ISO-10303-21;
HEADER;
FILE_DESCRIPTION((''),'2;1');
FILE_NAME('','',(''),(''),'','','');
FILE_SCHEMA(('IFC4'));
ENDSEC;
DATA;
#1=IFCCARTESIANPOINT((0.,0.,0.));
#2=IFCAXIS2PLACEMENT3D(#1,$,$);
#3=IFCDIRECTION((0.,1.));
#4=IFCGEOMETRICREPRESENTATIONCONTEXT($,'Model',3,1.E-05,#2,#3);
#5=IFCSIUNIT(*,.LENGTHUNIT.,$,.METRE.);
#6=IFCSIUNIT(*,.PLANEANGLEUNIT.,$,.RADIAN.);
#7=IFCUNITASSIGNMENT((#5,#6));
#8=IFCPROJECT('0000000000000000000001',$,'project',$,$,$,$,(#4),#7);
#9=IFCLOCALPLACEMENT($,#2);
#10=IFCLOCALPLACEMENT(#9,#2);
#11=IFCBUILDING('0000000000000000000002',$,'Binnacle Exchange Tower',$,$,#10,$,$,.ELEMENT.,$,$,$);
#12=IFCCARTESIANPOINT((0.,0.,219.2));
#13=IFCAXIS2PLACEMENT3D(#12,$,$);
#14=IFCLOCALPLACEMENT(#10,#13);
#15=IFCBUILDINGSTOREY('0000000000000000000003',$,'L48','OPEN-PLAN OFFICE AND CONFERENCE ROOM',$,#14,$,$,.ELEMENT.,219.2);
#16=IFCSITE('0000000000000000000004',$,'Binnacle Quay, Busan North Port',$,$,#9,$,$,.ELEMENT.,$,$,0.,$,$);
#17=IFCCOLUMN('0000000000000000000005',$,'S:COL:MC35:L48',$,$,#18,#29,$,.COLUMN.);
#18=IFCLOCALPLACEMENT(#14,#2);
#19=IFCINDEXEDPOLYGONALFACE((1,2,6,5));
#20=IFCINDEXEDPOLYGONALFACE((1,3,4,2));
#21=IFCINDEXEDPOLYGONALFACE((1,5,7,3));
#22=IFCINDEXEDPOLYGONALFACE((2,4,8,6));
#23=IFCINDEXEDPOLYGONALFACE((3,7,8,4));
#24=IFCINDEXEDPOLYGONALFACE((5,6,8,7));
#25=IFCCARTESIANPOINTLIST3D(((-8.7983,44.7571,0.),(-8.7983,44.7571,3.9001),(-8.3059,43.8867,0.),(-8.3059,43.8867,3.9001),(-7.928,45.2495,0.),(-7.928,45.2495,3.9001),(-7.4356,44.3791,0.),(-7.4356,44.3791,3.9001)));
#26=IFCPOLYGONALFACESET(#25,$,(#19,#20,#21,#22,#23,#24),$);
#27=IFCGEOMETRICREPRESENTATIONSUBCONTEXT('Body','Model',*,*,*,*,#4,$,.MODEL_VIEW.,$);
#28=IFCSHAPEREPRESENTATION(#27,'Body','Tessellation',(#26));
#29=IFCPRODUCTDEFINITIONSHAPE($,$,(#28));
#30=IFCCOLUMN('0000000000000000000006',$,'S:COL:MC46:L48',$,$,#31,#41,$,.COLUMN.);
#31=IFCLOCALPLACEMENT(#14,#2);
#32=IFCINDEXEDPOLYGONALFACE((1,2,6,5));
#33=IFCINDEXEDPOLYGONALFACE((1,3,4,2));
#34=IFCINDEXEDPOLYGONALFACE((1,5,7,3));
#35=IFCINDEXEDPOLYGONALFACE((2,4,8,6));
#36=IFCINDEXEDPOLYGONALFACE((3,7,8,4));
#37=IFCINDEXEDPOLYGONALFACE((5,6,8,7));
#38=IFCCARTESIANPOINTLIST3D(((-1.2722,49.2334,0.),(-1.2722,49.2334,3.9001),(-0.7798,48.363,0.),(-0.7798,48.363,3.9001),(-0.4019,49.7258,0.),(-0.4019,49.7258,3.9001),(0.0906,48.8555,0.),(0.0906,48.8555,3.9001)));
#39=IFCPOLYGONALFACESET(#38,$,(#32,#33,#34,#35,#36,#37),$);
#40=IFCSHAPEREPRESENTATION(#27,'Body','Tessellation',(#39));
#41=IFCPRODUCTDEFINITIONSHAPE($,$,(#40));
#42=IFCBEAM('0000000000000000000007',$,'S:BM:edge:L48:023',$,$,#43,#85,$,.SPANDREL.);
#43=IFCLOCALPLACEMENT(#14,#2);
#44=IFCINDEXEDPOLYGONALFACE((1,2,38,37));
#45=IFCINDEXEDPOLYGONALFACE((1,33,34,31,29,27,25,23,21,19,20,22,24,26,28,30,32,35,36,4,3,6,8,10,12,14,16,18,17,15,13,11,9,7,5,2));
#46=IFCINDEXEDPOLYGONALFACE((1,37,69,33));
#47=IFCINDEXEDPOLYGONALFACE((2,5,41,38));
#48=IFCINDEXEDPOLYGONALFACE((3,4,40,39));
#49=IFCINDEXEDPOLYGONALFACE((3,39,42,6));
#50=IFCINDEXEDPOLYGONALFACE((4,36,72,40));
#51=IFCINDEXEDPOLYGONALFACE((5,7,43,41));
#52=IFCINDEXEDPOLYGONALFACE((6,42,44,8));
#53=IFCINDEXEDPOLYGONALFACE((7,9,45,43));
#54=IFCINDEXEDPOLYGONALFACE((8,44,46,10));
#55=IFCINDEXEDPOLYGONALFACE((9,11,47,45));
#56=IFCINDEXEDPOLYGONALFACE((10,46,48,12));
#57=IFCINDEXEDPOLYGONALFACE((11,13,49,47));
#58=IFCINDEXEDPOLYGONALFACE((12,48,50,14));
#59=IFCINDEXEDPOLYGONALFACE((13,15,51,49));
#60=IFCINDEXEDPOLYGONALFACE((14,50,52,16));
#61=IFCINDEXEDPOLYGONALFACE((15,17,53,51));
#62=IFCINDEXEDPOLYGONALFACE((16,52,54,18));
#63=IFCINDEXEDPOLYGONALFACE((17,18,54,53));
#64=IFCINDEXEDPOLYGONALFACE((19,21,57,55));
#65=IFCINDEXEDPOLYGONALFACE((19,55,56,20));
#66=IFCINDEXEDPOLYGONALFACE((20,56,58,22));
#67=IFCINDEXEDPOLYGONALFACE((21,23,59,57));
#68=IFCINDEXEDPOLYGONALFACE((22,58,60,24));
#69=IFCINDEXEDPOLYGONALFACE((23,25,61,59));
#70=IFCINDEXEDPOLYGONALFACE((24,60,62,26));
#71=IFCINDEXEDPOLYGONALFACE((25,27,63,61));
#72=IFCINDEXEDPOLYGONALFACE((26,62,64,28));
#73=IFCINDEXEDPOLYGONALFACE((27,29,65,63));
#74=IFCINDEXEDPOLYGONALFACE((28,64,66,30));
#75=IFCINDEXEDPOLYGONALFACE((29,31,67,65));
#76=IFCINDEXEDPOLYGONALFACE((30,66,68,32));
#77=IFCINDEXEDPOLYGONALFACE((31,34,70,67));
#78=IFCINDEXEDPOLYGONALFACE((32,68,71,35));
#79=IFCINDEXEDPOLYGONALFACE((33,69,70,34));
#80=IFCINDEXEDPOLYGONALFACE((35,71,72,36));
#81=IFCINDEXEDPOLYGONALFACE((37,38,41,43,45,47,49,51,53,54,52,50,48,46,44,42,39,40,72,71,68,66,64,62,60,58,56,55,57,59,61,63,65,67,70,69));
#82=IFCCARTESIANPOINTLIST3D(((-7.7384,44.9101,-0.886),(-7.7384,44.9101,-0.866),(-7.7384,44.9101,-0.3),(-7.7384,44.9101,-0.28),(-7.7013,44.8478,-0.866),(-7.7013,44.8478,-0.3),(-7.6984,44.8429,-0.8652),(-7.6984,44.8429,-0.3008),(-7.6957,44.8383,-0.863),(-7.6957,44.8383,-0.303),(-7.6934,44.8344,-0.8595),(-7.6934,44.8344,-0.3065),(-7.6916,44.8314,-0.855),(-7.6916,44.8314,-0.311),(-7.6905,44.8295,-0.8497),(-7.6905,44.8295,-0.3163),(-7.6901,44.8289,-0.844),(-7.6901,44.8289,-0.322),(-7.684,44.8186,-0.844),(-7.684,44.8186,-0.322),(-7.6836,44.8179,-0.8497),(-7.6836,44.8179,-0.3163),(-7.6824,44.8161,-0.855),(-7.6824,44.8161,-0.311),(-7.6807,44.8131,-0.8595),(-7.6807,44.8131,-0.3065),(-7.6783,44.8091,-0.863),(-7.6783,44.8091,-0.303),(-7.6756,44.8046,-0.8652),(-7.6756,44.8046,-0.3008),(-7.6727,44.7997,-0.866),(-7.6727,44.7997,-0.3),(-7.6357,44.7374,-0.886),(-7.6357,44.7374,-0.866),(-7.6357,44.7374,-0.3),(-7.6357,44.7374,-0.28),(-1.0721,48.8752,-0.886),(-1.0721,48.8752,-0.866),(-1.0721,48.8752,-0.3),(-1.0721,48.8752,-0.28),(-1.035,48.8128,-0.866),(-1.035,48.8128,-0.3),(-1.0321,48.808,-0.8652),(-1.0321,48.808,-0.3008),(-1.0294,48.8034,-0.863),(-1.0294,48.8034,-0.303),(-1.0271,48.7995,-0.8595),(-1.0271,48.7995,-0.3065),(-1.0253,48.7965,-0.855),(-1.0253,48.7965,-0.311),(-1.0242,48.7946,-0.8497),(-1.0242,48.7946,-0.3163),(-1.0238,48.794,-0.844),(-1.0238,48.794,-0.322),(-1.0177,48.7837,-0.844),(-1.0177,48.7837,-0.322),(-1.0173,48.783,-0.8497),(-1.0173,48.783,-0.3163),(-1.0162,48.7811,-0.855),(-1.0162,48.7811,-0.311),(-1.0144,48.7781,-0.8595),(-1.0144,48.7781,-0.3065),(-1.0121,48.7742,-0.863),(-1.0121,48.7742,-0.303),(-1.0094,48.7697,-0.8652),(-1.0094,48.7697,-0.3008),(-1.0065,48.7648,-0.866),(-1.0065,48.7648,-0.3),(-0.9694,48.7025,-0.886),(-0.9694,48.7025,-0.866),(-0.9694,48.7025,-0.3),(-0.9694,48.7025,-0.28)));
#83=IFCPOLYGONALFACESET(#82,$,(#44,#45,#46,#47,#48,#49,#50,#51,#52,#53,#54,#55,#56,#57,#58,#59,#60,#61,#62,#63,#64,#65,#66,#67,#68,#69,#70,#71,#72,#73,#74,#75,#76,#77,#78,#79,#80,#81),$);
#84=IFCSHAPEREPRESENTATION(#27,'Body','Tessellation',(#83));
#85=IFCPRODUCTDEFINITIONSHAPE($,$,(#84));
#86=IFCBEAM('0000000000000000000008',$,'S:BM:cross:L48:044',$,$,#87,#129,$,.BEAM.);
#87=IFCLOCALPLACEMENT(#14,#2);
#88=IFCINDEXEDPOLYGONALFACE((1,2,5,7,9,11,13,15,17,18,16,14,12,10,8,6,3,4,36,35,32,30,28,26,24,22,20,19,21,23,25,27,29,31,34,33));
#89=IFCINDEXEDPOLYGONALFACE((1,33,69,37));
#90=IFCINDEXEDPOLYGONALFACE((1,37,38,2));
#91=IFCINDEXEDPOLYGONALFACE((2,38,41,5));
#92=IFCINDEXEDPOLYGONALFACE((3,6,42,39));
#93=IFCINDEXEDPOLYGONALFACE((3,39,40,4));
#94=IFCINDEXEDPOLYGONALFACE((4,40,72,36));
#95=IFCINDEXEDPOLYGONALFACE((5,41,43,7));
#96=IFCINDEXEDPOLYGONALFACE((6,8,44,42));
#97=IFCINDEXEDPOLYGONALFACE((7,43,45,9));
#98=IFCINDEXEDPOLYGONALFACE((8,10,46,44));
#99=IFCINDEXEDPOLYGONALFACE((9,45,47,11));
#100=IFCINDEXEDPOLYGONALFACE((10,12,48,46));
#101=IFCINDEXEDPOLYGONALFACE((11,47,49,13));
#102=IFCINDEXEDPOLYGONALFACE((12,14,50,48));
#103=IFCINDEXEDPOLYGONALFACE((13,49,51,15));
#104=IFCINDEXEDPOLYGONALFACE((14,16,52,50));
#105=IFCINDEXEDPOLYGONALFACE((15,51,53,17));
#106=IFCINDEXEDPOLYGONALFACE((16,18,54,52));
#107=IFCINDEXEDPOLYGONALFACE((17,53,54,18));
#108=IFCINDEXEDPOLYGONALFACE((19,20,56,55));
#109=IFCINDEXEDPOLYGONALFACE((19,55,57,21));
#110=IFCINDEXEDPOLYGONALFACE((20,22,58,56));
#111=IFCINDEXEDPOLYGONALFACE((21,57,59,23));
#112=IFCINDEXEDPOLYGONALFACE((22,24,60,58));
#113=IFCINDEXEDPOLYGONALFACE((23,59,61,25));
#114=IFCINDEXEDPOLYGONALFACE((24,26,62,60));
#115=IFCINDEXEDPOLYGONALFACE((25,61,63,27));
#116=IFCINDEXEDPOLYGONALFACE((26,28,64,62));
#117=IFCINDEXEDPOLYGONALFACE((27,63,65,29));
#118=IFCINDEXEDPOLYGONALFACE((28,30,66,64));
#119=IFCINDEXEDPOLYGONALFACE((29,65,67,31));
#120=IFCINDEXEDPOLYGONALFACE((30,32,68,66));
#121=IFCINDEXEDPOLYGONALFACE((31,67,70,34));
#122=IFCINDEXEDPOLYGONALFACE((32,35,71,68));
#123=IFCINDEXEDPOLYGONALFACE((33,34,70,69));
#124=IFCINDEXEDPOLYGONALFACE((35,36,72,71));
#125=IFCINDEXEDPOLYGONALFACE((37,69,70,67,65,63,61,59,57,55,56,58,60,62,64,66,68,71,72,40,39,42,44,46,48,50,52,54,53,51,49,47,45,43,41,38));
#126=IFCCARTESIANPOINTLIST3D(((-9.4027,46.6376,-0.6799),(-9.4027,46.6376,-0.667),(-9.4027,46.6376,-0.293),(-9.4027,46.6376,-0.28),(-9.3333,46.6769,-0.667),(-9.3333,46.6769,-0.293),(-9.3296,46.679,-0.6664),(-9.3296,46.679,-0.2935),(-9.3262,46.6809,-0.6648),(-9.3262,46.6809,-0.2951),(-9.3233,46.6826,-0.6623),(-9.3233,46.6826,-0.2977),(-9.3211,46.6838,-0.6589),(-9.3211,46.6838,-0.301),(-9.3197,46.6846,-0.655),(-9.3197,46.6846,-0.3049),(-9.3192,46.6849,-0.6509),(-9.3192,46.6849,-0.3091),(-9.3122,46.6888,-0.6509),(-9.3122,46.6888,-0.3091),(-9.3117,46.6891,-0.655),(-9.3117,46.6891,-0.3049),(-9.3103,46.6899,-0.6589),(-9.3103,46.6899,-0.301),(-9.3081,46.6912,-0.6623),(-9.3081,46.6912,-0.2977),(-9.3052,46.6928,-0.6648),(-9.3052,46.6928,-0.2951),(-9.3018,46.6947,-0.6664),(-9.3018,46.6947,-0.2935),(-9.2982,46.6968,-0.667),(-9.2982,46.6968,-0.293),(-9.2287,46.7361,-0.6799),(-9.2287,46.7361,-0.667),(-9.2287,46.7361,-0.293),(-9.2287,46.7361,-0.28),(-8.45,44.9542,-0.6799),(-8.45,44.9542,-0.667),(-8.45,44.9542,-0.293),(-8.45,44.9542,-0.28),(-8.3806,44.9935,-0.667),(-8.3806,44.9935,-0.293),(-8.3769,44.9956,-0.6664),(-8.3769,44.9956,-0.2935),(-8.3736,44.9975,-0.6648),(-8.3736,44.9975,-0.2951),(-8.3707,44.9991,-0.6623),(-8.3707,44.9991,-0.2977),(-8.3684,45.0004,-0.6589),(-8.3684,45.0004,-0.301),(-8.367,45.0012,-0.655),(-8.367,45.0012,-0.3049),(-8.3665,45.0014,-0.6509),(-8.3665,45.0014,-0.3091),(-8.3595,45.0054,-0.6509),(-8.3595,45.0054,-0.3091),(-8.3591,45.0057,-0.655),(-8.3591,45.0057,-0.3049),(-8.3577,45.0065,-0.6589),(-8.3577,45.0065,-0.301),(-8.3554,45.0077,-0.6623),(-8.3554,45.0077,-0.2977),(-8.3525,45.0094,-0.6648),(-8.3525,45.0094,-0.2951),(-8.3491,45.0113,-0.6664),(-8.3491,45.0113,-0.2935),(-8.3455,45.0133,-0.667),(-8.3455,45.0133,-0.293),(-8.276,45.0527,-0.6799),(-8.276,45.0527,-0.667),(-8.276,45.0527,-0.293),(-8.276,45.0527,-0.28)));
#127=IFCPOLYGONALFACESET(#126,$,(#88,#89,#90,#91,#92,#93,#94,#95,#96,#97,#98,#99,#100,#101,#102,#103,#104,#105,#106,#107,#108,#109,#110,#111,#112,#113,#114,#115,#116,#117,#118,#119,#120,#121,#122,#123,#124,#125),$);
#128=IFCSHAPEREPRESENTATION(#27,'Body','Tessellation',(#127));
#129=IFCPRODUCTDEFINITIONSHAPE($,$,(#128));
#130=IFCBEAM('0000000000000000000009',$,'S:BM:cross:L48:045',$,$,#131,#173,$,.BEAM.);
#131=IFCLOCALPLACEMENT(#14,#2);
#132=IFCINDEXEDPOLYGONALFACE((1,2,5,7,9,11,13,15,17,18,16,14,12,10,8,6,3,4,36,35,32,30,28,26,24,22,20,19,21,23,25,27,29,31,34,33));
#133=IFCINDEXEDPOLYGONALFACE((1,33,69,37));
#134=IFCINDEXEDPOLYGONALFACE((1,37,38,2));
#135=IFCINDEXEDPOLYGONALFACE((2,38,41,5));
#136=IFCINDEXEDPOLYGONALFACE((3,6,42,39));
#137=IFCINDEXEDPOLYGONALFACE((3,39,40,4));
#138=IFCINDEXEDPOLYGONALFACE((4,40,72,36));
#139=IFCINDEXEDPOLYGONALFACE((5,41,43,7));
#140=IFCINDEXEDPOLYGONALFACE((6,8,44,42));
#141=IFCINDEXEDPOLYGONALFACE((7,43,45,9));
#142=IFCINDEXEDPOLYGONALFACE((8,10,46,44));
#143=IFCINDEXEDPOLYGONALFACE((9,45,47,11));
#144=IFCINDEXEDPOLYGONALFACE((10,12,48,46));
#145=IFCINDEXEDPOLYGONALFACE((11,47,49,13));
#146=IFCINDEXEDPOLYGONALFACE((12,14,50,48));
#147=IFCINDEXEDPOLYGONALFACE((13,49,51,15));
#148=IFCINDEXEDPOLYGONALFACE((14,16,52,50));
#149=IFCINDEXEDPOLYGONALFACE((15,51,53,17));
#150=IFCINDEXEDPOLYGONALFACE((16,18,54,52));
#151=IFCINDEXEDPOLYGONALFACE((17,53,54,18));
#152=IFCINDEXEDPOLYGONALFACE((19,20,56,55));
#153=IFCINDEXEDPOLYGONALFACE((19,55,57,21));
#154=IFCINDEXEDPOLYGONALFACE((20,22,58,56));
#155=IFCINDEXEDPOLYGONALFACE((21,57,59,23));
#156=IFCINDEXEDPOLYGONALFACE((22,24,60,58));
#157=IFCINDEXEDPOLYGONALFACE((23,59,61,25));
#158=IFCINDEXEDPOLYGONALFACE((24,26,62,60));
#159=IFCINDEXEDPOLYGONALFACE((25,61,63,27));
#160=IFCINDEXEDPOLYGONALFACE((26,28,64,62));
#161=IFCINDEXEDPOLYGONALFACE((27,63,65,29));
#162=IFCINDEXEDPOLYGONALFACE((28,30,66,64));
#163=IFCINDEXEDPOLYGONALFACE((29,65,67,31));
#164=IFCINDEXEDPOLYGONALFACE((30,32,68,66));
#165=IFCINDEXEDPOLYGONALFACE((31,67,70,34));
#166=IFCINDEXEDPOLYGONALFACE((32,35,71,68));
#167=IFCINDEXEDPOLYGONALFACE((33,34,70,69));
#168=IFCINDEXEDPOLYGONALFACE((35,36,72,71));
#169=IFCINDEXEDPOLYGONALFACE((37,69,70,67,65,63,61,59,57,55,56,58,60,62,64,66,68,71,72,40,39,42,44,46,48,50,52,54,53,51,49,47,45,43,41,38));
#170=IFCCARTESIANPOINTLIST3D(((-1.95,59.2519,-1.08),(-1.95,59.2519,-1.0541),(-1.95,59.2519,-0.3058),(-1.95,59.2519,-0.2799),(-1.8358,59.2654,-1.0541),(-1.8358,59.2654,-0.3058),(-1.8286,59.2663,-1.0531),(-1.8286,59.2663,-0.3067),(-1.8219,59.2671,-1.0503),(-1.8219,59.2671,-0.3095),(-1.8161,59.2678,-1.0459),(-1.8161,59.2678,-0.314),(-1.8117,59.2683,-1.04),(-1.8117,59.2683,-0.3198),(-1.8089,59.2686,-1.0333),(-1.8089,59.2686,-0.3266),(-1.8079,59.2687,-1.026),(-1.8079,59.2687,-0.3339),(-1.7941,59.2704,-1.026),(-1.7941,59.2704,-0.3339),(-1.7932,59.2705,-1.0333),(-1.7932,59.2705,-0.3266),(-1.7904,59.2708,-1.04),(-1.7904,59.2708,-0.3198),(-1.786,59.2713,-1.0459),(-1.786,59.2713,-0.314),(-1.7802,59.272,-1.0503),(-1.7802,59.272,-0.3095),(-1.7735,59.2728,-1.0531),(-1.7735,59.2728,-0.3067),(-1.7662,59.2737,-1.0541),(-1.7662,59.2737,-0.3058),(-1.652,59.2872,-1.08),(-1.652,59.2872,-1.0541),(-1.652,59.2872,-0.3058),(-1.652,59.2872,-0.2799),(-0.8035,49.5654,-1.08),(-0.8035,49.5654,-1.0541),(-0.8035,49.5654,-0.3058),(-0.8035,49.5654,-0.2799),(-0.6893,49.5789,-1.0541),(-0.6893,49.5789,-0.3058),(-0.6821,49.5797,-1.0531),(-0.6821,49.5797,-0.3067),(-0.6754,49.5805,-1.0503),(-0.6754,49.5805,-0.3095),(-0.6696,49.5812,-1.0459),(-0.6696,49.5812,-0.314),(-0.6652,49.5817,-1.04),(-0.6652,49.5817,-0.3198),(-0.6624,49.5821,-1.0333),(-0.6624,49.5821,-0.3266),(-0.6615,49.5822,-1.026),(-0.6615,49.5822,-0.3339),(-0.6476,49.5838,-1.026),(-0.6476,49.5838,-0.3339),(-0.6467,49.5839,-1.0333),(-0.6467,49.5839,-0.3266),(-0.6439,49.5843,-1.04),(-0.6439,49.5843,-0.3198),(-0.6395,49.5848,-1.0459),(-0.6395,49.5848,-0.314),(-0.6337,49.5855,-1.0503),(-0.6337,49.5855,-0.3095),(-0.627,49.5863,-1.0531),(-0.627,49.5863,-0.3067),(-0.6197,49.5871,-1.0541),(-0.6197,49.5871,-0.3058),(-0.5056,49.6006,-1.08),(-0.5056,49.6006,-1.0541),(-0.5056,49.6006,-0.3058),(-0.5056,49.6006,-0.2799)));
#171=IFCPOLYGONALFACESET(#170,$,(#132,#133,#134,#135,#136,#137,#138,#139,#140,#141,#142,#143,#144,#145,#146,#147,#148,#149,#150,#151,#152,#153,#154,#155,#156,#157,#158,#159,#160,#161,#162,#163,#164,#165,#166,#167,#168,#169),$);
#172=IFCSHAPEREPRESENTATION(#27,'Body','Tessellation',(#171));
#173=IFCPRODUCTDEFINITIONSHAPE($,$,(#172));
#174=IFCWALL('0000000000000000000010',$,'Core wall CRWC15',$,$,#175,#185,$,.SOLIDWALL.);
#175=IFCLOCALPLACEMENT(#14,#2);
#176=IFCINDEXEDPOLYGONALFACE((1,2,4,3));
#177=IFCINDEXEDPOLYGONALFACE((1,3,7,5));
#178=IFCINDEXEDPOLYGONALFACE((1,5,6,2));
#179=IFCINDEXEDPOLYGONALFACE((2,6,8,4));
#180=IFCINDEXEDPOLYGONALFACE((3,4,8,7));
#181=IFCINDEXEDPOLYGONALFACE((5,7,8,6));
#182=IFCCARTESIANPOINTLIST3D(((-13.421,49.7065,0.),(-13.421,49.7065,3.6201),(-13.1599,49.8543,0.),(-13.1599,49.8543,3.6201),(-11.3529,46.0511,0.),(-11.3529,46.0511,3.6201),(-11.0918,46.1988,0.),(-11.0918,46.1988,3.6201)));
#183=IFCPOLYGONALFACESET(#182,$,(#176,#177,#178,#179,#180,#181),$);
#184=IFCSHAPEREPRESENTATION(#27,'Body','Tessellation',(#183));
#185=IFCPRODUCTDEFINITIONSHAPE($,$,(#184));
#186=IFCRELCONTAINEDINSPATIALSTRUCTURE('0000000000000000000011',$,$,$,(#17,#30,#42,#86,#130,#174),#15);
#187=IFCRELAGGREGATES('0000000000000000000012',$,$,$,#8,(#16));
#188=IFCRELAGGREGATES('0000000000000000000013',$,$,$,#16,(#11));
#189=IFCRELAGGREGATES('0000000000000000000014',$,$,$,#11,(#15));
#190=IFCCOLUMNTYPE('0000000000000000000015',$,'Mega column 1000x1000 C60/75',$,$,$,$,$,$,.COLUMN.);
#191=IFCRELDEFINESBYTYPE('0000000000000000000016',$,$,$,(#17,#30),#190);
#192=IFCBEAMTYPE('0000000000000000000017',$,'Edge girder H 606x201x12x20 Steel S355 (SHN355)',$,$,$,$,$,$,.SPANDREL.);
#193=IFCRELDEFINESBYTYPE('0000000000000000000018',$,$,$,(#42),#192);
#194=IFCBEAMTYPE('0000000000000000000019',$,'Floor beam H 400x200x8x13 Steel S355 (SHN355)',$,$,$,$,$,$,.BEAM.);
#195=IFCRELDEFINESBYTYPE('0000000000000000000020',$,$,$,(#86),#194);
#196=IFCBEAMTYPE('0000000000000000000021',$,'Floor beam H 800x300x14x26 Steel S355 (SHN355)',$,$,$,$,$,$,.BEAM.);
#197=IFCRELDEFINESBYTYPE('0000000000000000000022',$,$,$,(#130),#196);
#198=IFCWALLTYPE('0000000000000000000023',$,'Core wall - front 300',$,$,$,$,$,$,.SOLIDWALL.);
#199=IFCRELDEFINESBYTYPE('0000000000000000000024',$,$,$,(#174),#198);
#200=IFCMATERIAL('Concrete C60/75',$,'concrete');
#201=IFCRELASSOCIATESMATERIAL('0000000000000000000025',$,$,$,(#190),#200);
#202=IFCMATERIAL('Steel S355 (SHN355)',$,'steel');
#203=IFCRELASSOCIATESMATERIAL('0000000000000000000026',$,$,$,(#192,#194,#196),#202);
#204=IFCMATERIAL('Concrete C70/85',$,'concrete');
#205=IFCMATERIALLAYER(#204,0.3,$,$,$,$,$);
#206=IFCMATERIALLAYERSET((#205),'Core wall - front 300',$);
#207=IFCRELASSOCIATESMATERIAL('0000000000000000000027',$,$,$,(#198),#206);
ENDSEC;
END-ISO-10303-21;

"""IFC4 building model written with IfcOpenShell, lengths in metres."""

from ifc_helpers import new_model, si_unit, direction, frame, frame_2d, origin, origin_2d, place, context, subcontext, project, spatial, rectangle, i_section, extrude, material, layer, layer_set, material_profile, profile_set, type_object, element, save


model = new_model("IFC4")

# Units and contexts
model_context = context("Model", 3, precision=1e-05, world=origin(), true_north=direction((0.0, 1.0)))
body_context = subcontext(model_context, "Body", "Model", "MODEL_VIEW")
ifc_project = project(units=[si_unit("LENGTHUNIT", "METRE"), si_unit("PLANEANGLEUNIT", "RADIAN")], contexts=[model_context])

# Site, building, storey
site_placement = place(None, origin())
site = spatial("IfcSite", under=ifc_project, at=site_placement, Name="Binnacle Quay, Busan North Port", CompositionType="ELEMENT", RefElevation=0.0)
building_placement = place(site_placement, origin())
building = spatial("IfcBuilding", under=site, at=building_placement, Name="Binnacle Exchange Tower", CompositionType="ELEMENT")
storey_placement = place(building_placement, frame((0.0, 0.0, 219.2)))
storey = spatial("IfcBuildingStorey", under=building, at=storey_placement, Name="L48", Description="OPEN-PLAN OFFICE AND CONFERENCE ROOM", CompositionType="ELEMENT", Elevation=219.2)

# Columns
ifc_material_1 = material(Name="Concrete C60/75", Category="concrete")
ifc_material_profile_1 = material_profile(ifc_material_1, rectangle(XDim=1.0, YDim=1.0, at=origin_2d()), Name="Mega column 1000x1000 C60/75")
ifc_profile_set_1 = profile_set([ifc_material_profile_1], Name="Concrete C60/75")
column_type = type_object("IfcColumnType", Name="Mega column 1000x1000 C60/75", PredefinedType="COLUMN", material=ifc_profile_set_1)
for number, where, z_axis, x_axis, name in (
    (1, (-8.1169, 44.5681, 0.0), (0.0, 0.0, 1.0), (0.870356, 0.492424, 0.0), "S:COL:MC35:L48"),
    (2, (-0.5908, 49.0444, 0.0), (0.0, 0.0, 1.0), (0.870356, 0.492424, 0.0), "S:COL:MC46:L48"),
):
    element("IfcColumn", number, at=place(storey_placement, frame(where, z_axis=z_axis, x_axis=x_axis)), inside=storey, type_object=column_type, Name=name, PredefinedType="COLUMN", context=body_context, shape_type="SweptSolid", body=[
        extrude(rectangle(XDim=1.0, YDim=1.0, at=origin_2d()), origin(), (0.0, 0.0, 1.0), 3.9001),
    ])

# Beams
ifc_material_2 = material(Name="Steel S355 (SHN355)", Category="steel")
ifc_material_profile_2 = material_profile(ifc_material_2, i_section(OverallWidth=0.2009, OverallDepth=0.606, WebThickness=0.012, FlangeThickness=0.02, FilletRadius=0.022, at=origin_2d()), Name="H 606x201x12x20")
ifc_profile_set_2 = profile_set([ifc_material_profile_2], Name="Steel S355 (SHN355)")
beam_type_1 = type_object("IfcBeamType", Name="Edge girder H 606x201x12x20 Steel S355 (SHN355)", PredefinedType="SPANDREL", material=ifc_profile_set_2)
beam_1_placement = place(storey_placement, frame((-7.687, 44.8237, -0.583), z_axis=(0.859459, 0.511205, 0.0), x_axis=(-0.511205, 0.859459, 0.0)))
element("IfcBeam", 3, at=beam_1_placement, inside=storey, type_object=beam_type_1, Name="S:BM:edge:L48:023", PredefinedType="SPANDREL", context=body_context, shape_type="SweptSolid", body=[
    extrude(i_section(OverallWidth=0.2009, OverallDepth=0.606, WebThickness=0.012, FlangeThickness=0.02, FilletRadius=0.022, at=origin_2d()), origin(), (0.0, 0.0, 1.0), 7.7563),
])
ifc_material_profile_3 = material_profile(ifc_material_2, i_section(OverallWidth=0.2, OverallDepth=0.3999, WebThickness=0.0081, FlangeThickness=0.0129, FilletRadius=0.0161, at=origin_2d()), Name="H 400x200x8x13")
ifc_profile_set_3 = profile_set([ifc_material_profile_3], Name="Steel S355 (SHN355)")
beam_type_2 = type_object("IfcBeamType", Name="Floor beam H 400x200x8x13 Steel S355 (SHN355)", PredefinedType="BEAM", material=ifc_profile_set_3)
beam_2_placement = place(storey_placement, frame((-8.363, 45.0034, -0.48), z_axis=(-0.492519, 0.870302, 0.0), x_axis=(-0.870302, -0.492519, 0.0)))
element("IfcBeam", 4, at=beam_2_placement, inside=storey, type_object=beam_type_2, Name="S:BM:cross:L48:044", PredefinedType="BEAM", context=body_context, shape_type="SweptSolid", body=[
    extrude(i_section(OverallWidth=0.2, OverallDepth=0.3999, WebThickness=0.0081, FlangeThickness=0.0129, FilletRadius=0.0161, at=origin_2d()), origin(), (0.0, 0.0, 1.0), 1.9343),
])
ifc_material_profile_4 = material_profile(ifc_material_2, i_section(OverallWidth=0.3, OverallDepth=0.8, WebThickness=0.0139, FlangeThickness=0.0259, FilletRadius=0.0281, at=origin_2d()), Name="H 800x300x14x26")
ifc_profile_set_4 = profile_set([ifc_material_profile_4], Name="Steel S355 (SHN355)")
beam_type_3 = type_object("IfcBeamType", Name="Floor beam H 800x300x14x26 Steel S355 (SHN355)", PredefinedType="BEAM", material=ifc_profile_set_4)
beam_3_placement = place(storey_placement, frame((-0.6545, 49.583, -0.6799), z_axis=(-0.117538, 0.993068, 0.0), x_axis=(-0.993068, -0.117538, 0.0)))
element("IfcBeam", 5, at=beam_3_placement, inside=storey, type_object=beam_type_3, Name="S:BM:cross:L48:045", PredefinedType="BEAM", context=body_context, shape_type="SweptSolid", body=[
    extrude(i_section(OverallWidth=0.3, OverallDepth=0.8, WebThickness=0.0139, FlangeThickness=0.0259, FilletRadius=0.0281, at=origin_2d()), origin(), (0.0, 0.0, 1.0), 9.7542),
])

# Wall
ifc_material_3 = material(Name="Concrete C70/85", Category="concrete")
ifc_layer_1 = layer(ifc_material_3, 0.3)
ifc_layer_set_1 = layer_set([ifc_layer_1], Name="Core wall - front 300")
wall_type_1 = type_object("IfcWallType", Name="Core wall - front 300", PredefinedType="SOLIDWALL", material=ifc_layer_set_1)
wall_1_placement = place(storey_placement, frame((-13.2905, 49.7805, 0.0), z_axis=(0.0, 0.0, 1.0), x_axis=(0.49241, -0.870364, 0.0)))
element("IfcWall", 6, at=wall_1_placement, inside=storey, type_object=wall_type_1, Name="Core wall CRWC15", PredefinedType="SOLIDWALL", context=body_context, shape_type="SweptSolid", body=[
    extrude(rectangle(XDim=4.2, YDim=0.3, at=frame_2d((2.1001, 0.0))), origin(), (0.0, 0.0, 1.0), 3.6201),
])

save(model, "model.ifc")
